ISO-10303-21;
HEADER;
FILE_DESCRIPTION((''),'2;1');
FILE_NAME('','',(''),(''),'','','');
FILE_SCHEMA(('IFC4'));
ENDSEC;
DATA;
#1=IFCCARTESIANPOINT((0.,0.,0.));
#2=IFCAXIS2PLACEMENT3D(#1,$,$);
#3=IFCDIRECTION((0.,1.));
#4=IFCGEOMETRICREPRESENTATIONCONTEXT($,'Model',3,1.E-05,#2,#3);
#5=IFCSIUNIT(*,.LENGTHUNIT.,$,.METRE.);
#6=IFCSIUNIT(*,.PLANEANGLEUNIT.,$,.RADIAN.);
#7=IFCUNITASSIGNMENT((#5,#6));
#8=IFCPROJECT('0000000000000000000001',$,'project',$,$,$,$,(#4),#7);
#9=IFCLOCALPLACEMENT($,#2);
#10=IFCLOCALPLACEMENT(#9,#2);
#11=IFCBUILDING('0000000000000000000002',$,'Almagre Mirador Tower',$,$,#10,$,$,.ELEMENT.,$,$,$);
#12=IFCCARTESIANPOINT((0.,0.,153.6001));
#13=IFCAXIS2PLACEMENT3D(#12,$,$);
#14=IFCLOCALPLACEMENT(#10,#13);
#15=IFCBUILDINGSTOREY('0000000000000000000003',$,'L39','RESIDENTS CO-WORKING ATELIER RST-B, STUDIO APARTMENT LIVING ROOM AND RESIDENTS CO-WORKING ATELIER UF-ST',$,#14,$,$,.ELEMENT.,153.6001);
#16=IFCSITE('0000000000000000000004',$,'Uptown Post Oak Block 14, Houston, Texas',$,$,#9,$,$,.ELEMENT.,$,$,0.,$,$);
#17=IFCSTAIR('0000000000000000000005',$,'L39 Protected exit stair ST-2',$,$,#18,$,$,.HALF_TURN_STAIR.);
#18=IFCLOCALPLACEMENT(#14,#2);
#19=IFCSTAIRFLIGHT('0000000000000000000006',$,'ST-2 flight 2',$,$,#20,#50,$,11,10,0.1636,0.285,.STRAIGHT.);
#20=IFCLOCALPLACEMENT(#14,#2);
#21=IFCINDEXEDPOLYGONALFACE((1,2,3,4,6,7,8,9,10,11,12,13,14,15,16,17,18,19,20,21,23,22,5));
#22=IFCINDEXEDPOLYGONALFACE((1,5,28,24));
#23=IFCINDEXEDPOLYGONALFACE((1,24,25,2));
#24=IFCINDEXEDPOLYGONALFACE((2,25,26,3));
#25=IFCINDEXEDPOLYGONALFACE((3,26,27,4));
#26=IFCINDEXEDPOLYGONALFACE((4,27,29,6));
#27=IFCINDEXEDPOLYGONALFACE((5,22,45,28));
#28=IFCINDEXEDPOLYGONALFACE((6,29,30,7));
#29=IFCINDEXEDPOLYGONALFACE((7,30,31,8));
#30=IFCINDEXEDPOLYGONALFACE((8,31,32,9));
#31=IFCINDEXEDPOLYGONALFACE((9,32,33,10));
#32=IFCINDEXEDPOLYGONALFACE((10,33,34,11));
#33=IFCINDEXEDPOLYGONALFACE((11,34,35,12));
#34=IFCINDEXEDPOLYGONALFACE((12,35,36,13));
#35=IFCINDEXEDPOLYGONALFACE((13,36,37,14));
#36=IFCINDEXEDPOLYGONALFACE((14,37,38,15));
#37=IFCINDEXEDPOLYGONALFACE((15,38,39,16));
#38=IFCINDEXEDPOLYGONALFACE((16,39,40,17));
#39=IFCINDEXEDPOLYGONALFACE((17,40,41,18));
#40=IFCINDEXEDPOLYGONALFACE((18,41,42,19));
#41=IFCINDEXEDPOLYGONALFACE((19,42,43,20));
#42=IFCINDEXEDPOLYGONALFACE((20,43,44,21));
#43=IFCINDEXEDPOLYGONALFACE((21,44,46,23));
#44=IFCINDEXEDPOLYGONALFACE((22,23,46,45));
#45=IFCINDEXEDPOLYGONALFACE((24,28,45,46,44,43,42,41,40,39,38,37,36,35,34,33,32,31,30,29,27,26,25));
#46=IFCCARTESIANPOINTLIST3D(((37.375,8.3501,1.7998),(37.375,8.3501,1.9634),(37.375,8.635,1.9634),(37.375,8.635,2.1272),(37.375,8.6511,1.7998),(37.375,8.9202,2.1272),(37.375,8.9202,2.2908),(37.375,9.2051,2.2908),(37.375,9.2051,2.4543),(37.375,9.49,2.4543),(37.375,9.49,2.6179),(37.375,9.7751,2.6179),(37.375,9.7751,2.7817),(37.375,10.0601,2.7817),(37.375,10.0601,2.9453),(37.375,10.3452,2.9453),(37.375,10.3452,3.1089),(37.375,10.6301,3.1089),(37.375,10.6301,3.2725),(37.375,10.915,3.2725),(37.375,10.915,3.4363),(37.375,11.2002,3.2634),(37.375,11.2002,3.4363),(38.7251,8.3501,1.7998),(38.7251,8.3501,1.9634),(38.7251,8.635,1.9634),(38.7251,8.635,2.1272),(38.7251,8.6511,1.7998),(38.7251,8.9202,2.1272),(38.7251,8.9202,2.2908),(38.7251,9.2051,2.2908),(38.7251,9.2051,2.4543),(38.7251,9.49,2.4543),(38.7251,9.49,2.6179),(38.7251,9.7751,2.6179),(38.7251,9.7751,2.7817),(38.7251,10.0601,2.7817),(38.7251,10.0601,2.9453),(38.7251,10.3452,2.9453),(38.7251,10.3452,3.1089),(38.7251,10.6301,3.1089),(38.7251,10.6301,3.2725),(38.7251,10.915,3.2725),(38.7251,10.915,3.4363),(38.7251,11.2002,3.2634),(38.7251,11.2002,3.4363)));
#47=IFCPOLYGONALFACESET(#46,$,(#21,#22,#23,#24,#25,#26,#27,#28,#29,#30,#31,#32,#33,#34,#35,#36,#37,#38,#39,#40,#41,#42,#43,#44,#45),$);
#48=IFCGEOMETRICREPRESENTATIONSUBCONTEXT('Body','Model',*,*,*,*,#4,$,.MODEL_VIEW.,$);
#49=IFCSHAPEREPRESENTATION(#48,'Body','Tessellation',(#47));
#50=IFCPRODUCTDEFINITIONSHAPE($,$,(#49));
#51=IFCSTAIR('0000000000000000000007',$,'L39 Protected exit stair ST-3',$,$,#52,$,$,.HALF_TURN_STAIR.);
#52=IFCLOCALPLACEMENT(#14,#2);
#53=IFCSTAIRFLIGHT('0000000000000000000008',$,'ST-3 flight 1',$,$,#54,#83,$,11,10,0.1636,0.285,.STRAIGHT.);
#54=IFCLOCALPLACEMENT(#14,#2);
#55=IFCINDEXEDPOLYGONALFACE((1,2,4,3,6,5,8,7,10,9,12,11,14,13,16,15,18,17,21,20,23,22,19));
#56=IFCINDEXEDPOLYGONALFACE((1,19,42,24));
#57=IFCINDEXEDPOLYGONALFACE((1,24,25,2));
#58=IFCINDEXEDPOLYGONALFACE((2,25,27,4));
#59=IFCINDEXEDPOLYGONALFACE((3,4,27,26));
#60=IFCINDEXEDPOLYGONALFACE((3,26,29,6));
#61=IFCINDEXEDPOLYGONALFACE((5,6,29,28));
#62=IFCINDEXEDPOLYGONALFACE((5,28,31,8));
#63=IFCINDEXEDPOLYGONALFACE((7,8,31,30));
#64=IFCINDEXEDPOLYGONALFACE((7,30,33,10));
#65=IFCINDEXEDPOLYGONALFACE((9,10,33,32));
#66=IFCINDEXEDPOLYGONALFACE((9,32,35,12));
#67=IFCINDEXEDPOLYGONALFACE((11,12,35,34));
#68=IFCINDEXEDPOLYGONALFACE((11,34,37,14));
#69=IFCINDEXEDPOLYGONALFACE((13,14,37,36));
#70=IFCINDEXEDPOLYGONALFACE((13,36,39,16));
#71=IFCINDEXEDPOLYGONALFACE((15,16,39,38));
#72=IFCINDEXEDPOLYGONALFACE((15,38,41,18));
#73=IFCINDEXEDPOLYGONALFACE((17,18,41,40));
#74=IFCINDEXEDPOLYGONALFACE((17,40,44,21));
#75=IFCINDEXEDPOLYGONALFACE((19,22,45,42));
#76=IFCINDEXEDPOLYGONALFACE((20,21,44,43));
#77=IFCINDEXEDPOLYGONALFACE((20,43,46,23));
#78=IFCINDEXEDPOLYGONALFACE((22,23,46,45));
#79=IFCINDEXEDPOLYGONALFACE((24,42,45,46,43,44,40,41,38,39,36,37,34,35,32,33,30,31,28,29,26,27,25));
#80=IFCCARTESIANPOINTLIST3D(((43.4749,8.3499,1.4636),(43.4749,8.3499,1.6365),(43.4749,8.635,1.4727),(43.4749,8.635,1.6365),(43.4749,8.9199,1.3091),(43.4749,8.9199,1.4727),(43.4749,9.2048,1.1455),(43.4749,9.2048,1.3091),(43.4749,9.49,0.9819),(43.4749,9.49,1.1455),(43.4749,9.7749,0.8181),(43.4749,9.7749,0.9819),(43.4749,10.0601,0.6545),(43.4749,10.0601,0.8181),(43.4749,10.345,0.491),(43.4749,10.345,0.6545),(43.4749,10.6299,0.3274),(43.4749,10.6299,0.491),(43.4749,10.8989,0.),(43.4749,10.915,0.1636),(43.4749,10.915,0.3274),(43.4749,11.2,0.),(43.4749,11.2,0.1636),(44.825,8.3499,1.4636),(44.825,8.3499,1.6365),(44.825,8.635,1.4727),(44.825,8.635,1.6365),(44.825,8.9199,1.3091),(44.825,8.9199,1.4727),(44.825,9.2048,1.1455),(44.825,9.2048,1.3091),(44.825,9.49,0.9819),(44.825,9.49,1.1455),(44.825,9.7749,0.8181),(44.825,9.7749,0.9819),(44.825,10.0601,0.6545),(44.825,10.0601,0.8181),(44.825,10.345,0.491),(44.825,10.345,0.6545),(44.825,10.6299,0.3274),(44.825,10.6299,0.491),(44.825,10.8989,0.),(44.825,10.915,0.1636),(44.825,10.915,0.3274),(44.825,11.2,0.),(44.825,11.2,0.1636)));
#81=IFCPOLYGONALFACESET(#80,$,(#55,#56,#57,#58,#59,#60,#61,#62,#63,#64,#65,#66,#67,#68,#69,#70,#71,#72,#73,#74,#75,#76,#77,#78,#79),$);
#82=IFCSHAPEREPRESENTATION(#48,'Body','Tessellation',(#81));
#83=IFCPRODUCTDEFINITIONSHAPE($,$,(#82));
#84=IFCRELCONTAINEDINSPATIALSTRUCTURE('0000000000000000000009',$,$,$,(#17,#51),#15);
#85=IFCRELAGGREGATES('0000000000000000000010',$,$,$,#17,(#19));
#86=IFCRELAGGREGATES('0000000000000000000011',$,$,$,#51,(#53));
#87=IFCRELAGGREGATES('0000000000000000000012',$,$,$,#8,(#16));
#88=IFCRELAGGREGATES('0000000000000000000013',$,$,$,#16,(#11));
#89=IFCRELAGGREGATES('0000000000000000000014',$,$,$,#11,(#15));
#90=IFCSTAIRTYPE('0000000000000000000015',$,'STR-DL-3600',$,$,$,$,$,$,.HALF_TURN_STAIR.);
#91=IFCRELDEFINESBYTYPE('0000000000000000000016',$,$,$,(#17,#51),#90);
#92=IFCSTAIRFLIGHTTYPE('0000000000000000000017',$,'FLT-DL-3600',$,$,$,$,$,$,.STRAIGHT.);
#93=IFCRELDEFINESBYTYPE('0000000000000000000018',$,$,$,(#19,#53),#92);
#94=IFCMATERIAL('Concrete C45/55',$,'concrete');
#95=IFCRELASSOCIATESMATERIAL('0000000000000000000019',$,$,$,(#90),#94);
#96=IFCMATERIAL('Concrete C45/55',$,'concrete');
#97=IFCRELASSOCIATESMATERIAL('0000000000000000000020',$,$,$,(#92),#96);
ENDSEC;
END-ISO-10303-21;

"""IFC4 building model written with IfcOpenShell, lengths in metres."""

from ifc_helpers import new_model, si_unit, direction, frame, origin, place, context, subcontext, project, spatial, polyline, outline, extrude, material, type_object, element, aggregate, save


model = new_model("IFC4")

# Units and contexts
model_context = context("Model", 3, precision=1e-05, world=origin(), true_north=direction((0.0, 1.0)))
body_context = subcontext(model_context, "Body", "Model", "MODEL_VIEW")
ifc_project = project(units=[si_unit("LENGTHUNIT", "METRE"), si_unit("PLANEANGLEUNIT", "RADIAN")], contexts=[model_context])

# Site, building, storey
site_placement = place(None, origin())
site = spatial("IfcSite", under=ifc_project, at=site_placement, Name="Uptown Post Oak Block 14, Houston, Texas", CompositionType="ELEMENT", RefElevation=0.0)
building_placement = place(site_placement, origin())
building = spatial("IfcBuilding", under=site, at=building_placement, Name="Almagre Mirador Tower", CompositionType="ELEMENT")
storey_placement = place(building_placement, frame((0.0, 0.0, 153.6001)))
storey = spatial("IfcBuildingStorey", under=building, at=storey_placement, Name="L39", Description="RESIDENTS CO-WORKING ATELIER RST-B, STUDIO APARTMENT LIVING ROOM AND RESIDENTS CO-WORKING ATELIER UF-ST", CompositionType="ELEMENT", Elevation=153.6001)

# Stair, stair flight
ifc_material_1 = material(Name="Concrete C45/55", Category="concrete")
stair_type = type_object("IfcStairType", Name="STR-DL-3600", PredefinedType="HALF_TURN_STAIR", material=ifc_material_1)
stair_1_placement = place(storey_placement, origin())
stair_1 = element("IfcStair", 1, at=stair_1_placement, inside=storey, type_object=stair_type, Name="L39 Protected exit stair ST-2", PredefinedType="HALF_TURN_STAIR")
ifc_material_2 = material(Name="Concrete C45/55", Category="concrete")
stair_flight_type = type_object("IfcStairFlightType", Name="FLT-DL-3600", PredefinedType="STRAIGHT", material=ifc_material_2)
stair_flight_1_placement = place(storey_placement, frame((38.05, 8.3501, 1.7998), z_axis=(0.0, 0.0, 1.0), x_axis=(0.0, 1.0, 0.0)))
stair_flight_1 = element("IfcStairFlight", 2, at=stair_flight_1_placement, type_object=stair_flight_type, Name="ST-2 flight 2", NumberOfRisers=11, NumberOfTreads=10, PredefinedType="STRAIGHT", RiserHeight=0.1636, TreadLength=0.285, context=body_context, shape_type="SweptSolid", body=[
    extrude(outline(polyline([(0.0, 0.0), (0.0, 0.1636), (0.2849, 0.1636), (0.2849, 0.3274), (0.5701, 0.3274), (0.5701, 0.491), (0.855, 0.491), (0.855, 0.6545), (1.1399, 0.6545), (1.1399, 0.8181), (1.425, 0.8181), (1.425, 0.9819), (1.71, 0.9819), (1.71, 1.1455), (1.9951, 1.1455), (1.9951, 1.3091), (2.28, 1.3091), (2.28, 1.4727), (2.5649, 1.4727), (2.5649, 1.6365), (2.8501, 1.6365), (2.8501, 1.8), (2.8501, 1.4636), (0.301, 0.0), (0.0, 0.0)])), frame((0.0, 0.675, 0.0), z_axis=(0.0, -1.0, 0.0), x_axis=(1.0, 0.0, 0.0)), (0.0, 0.0, 1.0), 1.3501),
])
aggregate(stair_1, [stair_flight_1])

# Stair, stair flight
stair_2_placement = place(storey_placement, origin())
stair_2 = element("IfcStair", 3, at=stair_2_placement, inside=storey, type_object=stair_type, Name="L39 Protected exit stair ST-3", PredefinedType="HALF_TURN_STAIR")
stair_flight_2_placement = place(storey_placement, frame((44.1499, 11.2, 0.0), z_axis=(0.0, 0.0, 1.0), x_axis=(0.0, -1.0, 0.0)))
stair_flight_2 = element("IfcStairFlight", 4, at=stair_flight_2_placement, type_object=stair_flight_type, Name="ST-3 flight 1", NumberOfRisers=11, NumberOfTreads=10, PredefinedType="STRAIGHT", RiserHeight=0.1636, TreadLength=0.285, context=body_context, shape_type="SweptSolid", body=[
    extrude(outline(polyline([(0.0, 0.0), (0.0, 0.1636), (0.2849, 0.1636), (0.2849, 0.3274), (0.5701, 0.3274), (0.5701, 0.491), (0.855, 0.491), (0.855, 0.6545), (1.1399, 0.6545), (1.1399, 0.8181), (1.425, 0.8181), (1.425, 0.9819), (1.71, 0.9819), (1.71, 1.1455), (1.9951, 1.1455), (1.9951, 1.3091), (2.28, 1.3091), (2.28, 1.4727), (2.5649, 1.4727), (2.5649, 1.6365), (2.8501, 1.6365), (2.8501, 1.8), (2.8501, 1.4636), (0.301, 0.0), (0.0, 0.0)])), frame((0.0, 0.675, 0.0), z_axis=(0.0, -1.0, 0.0), x_axis=(1.0, 0.0, 0.0)), (0.0, 0.0, 1.0), 1.3501),
])
aggregate(stair_2, [stair_flight_2])

save(model, "model.ifc")
